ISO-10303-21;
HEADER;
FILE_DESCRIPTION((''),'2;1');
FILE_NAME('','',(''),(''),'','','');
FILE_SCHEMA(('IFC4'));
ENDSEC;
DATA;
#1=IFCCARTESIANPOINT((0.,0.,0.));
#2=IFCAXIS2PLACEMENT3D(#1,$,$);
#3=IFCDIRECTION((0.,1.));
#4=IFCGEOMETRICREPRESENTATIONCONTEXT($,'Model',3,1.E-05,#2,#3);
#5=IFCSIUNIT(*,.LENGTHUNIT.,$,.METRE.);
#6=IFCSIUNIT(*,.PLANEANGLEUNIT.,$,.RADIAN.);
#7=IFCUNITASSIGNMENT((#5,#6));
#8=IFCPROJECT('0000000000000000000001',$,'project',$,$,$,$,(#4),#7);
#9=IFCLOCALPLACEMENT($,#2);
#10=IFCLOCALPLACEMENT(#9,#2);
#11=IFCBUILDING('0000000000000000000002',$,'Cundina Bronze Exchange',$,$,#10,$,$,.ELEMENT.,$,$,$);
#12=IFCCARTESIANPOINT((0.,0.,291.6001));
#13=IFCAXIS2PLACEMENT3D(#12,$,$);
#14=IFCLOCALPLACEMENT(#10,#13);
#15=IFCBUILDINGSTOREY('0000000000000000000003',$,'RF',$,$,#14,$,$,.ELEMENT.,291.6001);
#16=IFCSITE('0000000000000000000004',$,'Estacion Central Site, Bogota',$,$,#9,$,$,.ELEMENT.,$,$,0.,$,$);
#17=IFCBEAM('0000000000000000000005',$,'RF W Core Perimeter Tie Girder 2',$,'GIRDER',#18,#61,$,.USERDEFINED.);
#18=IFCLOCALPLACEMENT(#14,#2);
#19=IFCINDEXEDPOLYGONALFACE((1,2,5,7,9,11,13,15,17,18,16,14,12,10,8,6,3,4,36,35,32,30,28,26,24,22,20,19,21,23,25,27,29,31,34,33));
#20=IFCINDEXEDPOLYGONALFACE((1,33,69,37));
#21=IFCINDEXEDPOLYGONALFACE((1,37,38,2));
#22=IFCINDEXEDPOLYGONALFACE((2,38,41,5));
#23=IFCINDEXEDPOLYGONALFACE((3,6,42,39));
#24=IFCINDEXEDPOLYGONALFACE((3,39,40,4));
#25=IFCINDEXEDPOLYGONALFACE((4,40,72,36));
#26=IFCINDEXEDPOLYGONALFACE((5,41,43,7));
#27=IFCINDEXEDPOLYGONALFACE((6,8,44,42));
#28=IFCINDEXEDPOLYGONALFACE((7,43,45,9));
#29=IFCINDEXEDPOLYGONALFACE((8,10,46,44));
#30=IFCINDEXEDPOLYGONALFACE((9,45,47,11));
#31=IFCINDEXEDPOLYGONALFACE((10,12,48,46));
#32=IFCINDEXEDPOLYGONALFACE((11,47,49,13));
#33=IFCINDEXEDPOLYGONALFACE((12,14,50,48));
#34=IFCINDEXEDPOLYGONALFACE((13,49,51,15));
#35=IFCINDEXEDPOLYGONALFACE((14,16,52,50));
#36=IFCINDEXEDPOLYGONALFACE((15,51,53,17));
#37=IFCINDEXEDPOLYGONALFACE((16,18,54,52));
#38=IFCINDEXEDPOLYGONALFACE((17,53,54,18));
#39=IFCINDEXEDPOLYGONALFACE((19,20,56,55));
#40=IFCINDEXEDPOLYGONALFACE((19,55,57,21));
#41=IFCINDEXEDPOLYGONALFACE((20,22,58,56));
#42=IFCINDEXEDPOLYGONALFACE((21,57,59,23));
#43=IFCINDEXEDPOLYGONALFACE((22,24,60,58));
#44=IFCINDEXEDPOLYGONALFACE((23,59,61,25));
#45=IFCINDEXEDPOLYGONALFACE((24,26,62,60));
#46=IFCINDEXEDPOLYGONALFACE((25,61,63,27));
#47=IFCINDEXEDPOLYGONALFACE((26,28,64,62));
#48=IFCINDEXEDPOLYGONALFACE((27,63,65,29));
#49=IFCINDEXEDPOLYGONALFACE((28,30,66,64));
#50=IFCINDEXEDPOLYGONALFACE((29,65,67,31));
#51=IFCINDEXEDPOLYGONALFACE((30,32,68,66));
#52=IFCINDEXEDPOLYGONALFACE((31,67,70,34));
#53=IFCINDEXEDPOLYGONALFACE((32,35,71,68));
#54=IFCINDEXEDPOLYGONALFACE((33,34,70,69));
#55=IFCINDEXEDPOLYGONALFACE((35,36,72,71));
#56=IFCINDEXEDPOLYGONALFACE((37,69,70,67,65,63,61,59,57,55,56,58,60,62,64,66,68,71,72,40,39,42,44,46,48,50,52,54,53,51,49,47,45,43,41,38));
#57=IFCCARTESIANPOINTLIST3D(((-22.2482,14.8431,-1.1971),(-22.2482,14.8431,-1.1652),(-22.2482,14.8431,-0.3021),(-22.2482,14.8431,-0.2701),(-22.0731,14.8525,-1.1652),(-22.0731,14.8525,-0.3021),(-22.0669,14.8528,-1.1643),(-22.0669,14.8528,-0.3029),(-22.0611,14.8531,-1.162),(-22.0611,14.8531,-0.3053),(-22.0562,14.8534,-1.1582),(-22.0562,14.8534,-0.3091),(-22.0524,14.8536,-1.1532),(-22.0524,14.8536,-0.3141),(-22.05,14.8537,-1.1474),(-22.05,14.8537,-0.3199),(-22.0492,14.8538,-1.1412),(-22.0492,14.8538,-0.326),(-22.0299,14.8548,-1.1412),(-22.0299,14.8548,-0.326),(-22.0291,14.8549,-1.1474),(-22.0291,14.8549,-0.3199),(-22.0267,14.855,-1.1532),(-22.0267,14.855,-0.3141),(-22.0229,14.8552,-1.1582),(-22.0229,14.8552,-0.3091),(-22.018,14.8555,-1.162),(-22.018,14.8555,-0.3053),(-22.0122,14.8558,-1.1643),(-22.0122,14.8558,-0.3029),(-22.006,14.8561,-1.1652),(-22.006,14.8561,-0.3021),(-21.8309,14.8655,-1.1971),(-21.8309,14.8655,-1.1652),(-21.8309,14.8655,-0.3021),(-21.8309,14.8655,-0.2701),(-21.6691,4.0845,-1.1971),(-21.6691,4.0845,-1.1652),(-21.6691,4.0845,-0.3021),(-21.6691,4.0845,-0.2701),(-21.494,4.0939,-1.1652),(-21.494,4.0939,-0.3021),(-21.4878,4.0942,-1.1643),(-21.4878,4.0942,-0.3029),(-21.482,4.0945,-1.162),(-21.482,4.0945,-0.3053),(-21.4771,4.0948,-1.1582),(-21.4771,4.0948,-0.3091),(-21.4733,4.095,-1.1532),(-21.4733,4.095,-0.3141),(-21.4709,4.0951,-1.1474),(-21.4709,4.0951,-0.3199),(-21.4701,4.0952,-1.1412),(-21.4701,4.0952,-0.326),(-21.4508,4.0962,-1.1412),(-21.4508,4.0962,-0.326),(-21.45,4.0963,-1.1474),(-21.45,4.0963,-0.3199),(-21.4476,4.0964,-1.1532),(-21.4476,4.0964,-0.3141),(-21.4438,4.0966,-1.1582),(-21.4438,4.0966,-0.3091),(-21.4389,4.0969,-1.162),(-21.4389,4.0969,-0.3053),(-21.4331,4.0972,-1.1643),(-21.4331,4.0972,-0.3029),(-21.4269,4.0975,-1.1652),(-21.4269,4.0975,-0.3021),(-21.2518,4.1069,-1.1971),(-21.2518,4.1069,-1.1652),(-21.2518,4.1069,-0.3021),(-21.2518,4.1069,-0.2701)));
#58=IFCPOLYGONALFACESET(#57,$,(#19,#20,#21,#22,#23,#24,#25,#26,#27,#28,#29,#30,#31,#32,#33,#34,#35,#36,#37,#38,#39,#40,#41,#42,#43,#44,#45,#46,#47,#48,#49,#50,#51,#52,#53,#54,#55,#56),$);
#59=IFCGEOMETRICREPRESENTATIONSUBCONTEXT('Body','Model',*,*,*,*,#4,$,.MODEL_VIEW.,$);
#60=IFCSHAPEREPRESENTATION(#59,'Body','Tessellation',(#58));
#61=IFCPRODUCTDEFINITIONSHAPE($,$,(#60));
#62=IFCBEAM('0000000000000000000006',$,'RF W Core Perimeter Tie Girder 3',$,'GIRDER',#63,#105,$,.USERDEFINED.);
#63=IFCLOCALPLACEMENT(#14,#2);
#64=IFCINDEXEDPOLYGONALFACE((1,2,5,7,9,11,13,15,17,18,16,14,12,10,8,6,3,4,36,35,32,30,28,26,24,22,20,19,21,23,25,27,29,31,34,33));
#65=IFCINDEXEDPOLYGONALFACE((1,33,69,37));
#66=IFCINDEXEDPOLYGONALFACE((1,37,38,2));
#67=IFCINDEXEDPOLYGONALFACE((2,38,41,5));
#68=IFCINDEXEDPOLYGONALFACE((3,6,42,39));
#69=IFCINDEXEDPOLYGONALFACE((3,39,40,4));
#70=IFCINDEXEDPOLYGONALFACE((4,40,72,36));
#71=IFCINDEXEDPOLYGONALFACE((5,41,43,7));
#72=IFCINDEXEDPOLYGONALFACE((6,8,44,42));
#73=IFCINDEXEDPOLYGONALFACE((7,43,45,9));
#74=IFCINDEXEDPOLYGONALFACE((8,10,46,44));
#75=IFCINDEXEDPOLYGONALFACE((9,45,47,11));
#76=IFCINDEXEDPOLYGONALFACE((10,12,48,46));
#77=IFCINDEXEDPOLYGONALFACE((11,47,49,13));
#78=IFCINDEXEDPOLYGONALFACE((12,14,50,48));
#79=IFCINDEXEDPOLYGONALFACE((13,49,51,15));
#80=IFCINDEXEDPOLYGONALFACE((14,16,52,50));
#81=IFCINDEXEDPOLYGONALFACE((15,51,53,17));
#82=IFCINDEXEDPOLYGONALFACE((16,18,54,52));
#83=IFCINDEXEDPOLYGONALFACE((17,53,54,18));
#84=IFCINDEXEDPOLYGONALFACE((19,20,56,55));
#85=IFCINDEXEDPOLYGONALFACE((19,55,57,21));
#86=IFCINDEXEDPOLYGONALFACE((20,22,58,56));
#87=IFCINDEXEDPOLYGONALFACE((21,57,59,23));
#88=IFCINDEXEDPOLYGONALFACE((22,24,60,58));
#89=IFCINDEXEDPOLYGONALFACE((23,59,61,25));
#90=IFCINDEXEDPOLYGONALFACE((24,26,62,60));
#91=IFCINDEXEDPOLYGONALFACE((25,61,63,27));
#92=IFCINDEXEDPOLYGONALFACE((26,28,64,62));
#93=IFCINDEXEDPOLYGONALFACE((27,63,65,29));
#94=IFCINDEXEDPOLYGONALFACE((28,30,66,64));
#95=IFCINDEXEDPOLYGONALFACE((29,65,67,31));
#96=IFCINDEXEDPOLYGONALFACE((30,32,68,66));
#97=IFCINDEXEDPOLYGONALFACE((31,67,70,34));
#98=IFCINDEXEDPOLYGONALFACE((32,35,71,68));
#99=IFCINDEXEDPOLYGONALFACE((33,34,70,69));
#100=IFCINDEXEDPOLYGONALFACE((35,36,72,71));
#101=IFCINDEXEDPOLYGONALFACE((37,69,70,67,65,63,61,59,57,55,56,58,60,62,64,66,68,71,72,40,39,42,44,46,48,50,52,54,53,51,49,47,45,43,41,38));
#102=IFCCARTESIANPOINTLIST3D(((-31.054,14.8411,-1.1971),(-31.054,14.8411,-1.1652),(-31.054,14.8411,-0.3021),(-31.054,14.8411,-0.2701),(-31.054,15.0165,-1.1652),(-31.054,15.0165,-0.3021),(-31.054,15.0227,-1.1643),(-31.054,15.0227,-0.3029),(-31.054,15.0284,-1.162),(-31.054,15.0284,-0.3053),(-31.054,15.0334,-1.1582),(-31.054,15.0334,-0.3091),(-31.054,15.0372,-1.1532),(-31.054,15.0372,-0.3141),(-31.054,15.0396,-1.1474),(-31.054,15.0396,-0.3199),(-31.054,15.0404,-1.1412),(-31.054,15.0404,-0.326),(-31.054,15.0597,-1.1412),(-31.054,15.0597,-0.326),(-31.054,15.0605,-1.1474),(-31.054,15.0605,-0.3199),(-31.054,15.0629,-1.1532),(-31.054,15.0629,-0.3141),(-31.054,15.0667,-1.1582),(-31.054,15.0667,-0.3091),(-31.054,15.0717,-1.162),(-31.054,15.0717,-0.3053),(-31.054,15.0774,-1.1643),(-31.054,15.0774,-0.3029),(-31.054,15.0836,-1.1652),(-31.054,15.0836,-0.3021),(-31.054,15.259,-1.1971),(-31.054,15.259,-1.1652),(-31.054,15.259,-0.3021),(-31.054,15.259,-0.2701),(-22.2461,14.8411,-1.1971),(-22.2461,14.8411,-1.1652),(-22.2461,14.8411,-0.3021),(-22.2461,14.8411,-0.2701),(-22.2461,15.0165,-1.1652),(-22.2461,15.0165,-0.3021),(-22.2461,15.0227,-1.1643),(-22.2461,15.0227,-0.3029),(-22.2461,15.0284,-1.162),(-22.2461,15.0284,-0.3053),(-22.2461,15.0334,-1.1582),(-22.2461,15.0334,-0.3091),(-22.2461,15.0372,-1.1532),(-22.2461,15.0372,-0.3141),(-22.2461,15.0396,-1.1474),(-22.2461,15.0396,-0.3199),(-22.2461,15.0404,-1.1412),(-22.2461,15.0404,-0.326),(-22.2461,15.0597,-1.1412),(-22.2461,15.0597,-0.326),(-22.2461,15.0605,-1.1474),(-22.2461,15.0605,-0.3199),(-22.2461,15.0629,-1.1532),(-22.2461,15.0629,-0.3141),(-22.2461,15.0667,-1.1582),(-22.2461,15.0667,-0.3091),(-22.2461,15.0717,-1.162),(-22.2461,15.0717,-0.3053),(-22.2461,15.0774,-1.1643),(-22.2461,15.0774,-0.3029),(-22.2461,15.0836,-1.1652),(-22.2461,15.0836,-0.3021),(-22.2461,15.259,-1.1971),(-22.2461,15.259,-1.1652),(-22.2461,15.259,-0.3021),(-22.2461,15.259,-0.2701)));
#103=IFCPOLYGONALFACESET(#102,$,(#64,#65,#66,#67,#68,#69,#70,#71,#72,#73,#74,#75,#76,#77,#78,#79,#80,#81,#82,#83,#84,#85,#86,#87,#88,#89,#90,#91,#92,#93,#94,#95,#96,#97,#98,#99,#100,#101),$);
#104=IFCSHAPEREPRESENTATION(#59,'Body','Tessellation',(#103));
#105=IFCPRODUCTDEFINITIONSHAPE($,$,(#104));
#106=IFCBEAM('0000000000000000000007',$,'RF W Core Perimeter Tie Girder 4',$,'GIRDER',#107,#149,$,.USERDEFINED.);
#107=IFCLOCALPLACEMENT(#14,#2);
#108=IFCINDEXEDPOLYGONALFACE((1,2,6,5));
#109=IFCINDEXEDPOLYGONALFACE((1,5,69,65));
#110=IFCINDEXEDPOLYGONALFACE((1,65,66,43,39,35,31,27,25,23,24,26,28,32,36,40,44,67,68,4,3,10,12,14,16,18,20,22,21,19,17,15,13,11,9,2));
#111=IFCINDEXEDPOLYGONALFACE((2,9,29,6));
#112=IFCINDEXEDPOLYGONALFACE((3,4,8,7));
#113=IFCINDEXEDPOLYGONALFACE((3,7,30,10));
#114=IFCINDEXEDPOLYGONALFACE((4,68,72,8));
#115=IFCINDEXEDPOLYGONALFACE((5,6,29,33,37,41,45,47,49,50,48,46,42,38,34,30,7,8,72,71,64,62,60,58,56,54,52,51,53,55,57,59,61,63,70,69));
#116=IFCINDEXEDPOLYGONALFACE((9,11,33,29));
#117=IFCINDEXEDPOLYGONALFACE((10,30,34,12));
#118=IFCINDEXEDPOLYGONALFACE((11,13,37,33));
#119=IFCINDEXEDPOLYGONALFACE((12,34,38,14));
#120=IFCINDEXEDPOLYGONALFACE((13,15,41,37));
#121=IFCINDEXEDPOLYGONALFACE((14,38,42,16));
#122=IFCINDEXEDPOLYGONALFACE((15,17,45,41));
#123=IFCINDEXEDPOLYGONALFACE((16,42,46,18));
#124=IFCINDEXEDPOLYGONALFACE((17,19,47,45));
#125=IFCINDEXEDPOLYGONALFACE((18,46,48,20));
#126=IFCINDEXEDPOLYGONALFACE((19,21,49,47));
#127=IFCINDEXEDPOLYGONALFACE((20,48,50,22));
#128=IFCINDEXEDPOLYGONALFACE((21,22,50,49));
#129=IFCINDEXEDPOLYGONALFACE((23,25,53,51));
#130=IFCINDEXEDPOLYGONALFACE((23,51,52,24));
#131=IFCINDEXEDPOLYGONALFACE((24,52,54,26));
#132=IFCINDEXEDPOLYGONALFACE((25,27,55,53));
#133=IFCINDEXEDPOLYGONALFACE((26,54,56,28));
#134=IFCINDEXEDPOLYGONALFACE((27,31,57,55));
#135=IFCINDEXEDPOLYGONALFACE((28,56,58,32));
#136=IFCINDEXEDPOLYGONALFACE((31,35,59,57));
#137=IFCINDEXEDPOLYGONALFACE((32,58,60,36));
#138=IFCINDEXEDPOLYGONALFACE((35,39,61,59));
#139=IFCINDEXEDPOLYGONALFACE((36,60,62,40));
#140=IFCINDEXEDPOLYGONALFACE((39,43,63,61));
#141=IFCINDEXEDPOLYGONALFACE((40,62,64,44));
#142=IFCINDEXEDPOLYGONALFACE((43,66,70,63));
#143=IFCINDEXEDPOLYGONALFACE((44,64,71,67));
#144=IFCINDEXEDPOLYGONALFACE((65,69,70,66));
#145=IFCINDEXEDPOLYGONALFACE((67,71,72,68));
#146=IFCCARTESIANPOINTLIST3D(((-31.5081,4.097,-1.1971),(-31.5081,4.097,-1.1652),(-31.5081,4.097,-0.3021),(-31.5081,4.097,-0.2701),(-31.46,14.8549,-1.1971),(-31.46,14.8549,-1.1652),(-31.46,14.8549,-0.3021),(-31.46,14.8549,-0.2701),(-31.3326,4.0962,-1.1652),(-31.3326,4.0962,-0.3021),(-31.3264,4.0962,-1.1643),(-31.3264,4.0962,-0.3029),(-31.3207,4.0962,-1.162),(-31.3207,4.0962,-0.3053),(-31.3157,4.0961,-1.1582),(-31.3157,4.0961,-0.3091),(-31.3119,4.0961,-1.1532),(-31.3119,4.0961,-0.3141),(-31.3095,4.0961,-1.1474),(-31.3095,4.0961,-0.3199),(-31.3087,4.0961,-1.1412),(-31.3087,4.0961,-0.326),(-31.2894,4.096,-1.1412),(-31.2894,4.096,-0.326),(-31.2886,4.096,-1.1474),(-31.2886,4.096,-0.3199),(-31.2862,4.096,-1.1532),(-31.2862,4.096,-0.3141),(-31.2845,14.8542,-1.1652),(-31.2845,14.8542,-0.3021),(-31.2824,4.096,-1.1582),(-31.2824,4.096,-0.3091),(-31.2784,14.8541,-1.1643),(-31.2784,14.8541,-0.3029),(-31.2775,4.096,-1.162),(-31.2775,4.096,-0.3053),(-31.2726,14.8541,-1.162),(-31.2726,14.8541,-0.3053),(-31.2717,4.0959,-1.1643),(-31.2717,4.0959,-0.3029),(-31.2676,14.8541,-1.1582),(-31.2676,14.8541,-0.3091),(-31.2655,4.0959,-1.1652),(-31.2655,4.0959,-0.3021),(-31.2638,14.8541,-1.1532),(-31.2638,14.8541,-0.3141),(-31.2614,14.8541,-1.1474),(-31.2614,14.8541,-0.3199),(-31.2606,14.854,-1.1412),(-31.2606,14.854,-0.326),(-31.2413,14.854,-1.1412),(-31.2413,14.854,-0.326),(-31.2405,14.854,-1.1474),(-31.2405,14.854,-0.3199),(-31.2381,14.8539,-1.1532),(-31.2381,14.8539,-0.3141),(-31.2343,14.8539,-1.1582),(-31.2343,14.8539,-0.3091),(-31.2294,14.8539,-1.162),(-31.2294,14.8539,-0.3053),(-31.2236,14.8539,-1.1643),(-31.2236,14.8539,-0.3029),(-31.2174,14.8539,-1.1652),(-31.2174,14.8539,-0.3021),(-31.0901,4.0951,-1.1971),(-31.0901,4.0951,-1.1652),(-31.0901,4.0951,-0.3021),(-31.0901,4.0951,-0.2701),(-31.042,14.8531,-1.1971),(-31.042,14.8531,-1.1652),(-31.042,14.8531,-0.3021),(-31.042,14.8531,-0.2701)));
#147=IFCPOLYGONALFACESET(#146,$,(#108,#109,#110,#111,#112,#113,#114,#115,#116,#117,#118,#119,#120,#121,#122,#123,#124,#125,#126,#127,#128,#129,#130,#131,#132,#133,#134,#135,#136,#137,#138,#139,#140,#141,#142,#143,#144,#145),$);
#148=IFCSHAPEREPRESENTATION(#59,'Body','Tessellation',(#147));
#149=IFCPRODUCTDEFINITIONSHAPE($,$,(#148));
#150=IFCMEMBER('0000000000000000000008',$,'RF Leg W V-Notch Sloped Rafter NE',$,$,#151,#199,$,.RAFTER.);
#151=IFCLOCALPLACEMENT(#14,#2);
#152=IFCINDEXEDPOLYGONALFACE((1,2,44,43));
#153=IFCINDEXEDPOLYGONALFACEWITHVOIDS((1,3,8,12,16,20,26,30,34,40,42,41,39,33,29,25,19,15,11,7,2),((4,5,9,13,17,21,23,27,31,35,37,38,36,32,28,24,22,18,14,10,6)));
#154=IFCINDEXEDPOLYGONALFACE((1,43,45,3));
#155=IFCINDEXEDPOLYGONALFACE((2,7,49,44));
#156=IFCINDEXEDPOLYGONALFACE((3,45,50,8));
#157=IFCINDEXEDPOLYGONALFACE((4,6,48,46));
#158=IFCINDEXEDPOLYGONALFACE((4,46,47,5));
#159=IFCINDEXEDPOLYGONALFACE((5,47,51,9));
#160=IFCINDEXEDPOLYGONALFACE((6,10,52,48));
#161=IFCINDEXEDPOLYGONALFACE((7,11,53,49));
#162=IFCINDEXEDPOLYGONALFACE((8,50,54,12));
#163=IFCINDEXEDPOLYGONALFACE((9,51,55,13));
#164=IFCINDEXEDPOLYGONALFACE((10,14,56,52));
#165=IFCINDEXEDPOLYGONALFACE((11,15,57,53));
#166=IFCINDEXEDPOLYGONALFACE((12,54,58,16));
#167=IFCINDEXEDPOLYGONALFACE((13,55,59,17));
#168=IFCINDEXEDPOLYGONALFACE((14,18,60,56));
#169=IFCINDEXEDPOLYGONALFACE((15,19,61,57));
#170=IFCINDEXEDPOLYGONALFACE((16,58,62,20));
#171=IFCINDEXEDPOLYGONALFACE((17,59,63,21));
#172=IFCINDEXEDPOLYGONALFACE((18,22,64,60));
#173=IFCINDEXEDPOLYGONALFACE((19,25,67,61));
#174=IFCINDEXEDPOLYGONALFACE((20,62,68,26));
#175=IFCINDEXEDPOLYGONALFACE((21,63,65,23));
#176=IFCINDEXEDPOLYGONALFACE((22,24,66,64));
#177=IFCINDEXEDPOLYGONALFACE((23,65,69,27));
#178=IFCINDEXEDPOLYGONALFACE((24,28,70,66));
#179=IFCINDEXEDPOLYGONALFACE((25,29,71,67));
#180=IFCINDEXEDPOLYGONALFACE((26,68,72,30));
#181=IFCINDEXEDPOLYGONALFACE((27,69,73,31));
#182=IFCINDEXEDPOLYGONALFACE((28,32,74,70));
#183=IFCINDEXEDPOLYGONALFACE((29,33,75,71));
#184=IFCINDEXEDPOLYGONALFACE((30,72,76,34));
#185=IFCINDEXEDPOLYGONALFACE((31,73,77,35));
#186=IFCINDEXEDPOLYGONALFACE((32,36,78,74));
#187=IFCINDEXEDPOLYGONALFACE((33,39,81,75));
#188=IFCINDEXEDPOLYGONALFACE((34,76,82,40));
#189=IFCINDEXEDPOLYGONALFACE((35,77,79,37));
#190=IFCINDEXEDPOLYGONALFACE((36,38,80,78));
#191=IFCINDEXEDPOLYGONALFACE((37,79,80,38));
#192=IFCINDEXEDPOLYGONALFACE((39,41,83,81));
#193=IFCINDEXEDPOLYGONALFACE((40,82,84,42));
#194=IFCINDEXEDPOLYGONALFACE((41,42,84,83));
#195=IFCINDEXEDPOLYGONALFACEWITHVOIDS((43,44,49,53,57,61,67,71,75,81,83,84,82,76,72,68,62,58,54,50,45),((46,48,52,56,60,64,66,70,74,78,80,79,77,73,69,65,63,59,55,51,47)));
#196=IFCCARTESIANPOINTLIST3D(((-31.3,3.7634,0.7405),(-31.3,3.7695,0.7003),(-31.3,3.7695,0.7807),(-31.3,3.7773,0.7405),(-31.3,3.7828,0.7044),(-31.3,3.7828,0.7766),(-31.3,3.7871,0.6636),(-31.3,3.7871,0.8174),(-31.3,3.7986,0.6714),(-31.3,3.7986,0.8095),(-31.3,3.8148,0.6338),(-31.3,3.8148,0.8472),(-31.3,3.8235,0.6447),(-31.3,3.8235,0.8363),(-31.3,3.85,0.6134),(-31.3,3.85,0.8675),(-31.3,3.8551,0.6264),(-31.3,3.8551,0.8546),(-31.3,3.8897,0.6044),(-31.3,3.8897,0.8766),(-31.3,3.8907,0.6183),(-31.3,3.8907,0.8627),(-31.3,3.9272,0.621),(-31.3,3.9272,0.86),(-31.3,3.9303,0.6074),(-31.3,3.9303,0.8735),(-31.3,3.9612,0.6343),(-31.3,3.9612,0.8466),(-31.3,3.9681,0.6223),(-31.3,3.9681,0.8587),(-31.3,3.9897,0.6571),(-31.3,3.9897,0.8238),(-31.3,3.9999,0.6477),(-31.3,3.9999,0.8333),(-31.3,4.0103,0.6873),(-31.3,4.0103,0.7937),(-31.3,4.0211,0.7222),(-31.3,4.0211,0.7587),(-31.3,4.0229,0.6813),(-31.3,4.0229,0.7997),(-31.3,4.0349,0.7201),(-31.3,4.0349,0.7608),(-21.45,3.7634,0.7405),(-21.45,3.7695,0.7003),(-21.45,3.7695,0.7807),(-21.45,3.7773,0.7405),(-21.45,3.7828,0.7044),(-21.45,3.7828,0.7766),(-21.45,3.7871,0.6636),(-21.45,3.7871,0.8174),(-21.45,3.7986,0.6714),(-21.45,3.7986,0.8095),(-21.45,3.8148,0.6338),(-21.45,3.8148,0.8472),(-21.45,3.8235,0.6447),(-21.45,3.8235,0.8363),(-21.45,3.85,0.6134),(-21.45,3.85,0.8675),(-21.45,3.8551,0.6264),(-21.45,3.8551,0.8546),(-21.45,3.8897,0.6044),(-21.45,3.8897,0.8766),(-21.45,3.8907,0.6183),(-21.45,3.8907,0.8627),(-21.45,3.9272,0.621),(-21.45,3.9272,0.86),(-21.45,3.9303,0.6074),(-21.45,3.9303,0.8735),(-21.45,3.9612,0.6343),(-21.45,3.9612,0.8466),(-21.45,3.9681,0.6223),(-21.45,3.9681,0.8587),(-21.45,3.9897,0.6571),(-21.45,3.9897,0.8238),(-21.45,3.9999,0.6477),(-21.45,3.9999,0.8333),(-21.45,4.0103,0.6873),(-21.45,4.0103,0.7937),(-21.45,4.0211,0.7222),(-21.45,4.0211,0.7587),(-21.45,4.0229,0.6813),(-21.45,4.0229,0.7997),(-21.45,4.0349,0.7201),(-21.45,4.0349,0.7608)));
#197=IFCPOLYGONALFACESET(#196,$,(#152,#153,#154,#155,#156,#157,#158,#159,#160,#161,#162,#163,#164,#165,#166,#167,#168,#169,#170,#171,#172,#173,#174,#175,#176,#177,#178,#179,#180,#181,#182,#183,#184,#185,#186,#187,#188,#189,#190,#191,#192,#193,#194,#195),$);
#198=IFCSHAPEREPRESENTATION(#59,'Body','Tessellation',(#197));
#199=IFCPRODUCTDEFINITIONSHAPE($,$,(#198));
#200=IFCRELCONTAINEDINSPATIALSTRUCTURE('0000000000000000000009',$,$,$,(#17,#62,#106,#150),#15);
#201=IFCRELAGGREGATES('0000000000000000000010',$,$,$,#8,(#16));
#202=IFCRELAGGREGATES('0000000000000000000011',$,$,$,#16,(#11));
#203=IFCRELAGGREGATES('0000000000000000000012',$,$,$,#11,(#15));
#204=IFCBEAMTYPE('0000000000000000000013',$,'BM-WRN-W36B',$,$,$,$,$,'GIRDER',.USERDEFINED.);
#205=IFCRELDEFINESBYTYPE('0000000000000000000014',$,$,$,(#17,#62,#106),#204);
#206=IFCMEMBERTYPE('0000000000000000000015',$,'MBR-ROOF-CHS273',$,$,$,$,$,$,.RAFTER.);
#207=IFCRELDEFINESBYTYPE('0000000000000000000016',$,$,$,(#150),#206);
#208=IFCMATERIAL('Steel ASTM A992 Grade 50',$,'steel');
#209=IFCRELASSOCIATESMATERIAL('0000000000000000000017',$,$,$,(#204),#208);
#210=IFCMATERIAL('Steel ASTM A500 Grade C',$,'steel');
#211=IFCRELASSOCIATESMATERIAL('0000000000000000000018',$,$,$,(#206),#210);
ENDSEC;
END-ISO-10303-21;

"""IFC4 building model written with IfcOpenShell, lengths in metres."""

from ifc_helpers import new_model, si_unit, direction, frame, origin, origin_2d, place, context, subcontext, project, spatial, hollow_circle, i_section, extrude, material, material_profile, profile_set, type_object, element, save


model = new_model("IFC4")

# Units and contexts
model_context = context("Model", 3, precision=1e-05, world=origin(), true_north=direction((0.0, 1.0)))
body_context = subcontext(model_context, "Body", "Model", "MODEL_VIEW")
ifc_project = project(units=[si_unit("LENGTHUNIT", "METRE"), si_unit("PLANEANGLEUNIT", "RADIAN")], contexts=[model_context])

# Site, building, storey
site_placement = place(None, origin())
site = spatial("IfcSite", under=ifc_project, at=site_placement, Name="Estacion Central Site, Bogota", CompositionType="ELEMENT", RefElevation=0.0)
building_placement = place(site_placement, origin())
building = spatial("IfcBuilding", under=site, at=building_placement, Name="Cundina Bronze Exchange", CompositionType="ELEMENT")
storey_placement = place(building_placement, frame((0.0, 0.0, 291.6001)))
storey = spatial("IfcBuildingStorey", under=building, at=storey_placement, Name="RF", CompositionType="ELEMENT", Elevation=291.6001)

# Beams
ifc_material_1 = material(Name="Steel ASTM A992 Grade 50", Category="steel")
ifc_material_profile_1 = material_profile(ifc_material_1, i_section(OverallWidth=0.418, OverallDepth=0.927, WebThickness=0.0193, FlangeThickness=0.032, FilletRadius=0.0239, at=origin_2d()), Name="W36X231", Category="steel")
ifc_profile_set_1 = profile_set([ifc_material_profile_1], Name="Steel ASTM A992 Grade 50")
beam_type_1 = type_object("IfcBeamType", Name="BM-WRN-W36B", ElementType="GIRDER", PredefinedType="USERDEFINED", material=ifc_profile_set_1)
beam_1_placement = place(storey_placement, frame((-21.4604, 4.0957, -0.7336), z_axis=(-0.053749, 0.998554, 0.0), x_axis=(-0.998554, -0.053749, 0.0)))
element("IfcBeam", 1, at=beam_1_placement, inside=storey, type_object=beam_type_1, Name="RF W Core Perimeter Tie Girder 2", ObjectType="GIRDER", PredefinedType="USERDEFINED", context=body_context, shape_type="SweptSolid", body=[
    extrude(i_section(OverallWidth=0.418, OverallDepth=0.927, WebThickness=0.0193, FlangeThickness=0.032, FilletRadius=0.0239, at=origin_2d()), origin(), (0.0, 0.0, 1.0), 10.7742),
])
beam_2_placement = place(storey_placement, frame((-22.2461, 15.05, -0.7336), z_axis=(-1.0, 0.0, 0.0), x_axis=(0.0, -1.0, 0.0)))
element("IfcBeam", 2, at=beam_2_placement, inside=storey, type_object=beam_type_1, Name="RF W Core Perimeter Tie Girder 3", ObjectType="GIRDER", PredefinedType="USERDEFINED", context=body_context, shape_type="SweptSolid", body=[
    extrude(i_section(OverallWidth=0.418, OverallDepth=0.927, WebThickness=0.0193, FlangeThickness=0.032, FilletRadius=0.0239, at=origin_2d()), origin(), (0.0, 0.0, 1.0), 8.8079),
])
beam_3_placement = place(storey_placement, frame((-31.251, 14.854, -0.7336), z_axis=(-0.004471, -0.99999, 0.0), x_axis=(0.99999, -0.004471, 0.0)))
element("IfcBeam", 3, at=beam_3_placement, inside=storey, type_object=beam_type_1, Name="RF W Core Perimeter Tie Girder 4", ObjectType="GIRDER", PredefinedType="USERDEFINED", context=body_context, shape_type="SweptSolid", body=[
    extrude(i_section(OverallWidth=0.418, OverallDepth=0.927, WebThickness=0.0193, FlangeThickness=0.032, FilletRadius=0.0239, at=origin_2d()), origin(), (0.0, 0.0, 1.0), 10.7581),
])

# Member
ifc_material_2 = material(Name="Steel ASTM A500 Grade C", Category="steel")
ifc_material_profile_2 = material_profile(ifc_material_2, hollow_circle(Radius=0.1365, WallThickness=0.0139, at=origin_2d()), Name="CHS273X14", Category="steel")
ifc_profile_set_2 = profile_set([ifc_material_profile_2], Name="Steel ASTM A500 Grade C")
member_type = type_object("IfcMemberType", Name="MBR-ROOF-CHS273", PredefinedType="RAFTER", material=ifc_profile_set_2)
member_1_placement = place(storey_placement, frame((-21.45, 3.8999, 0.7405), z_axis=(-1.0, 0.0, 0.0), x_axis=(0.0, -1.0, 0.0)))
element("IfcMember", 4, at=member_1_placement, inside=storey, type_object=member_type, Name="RF Leg W V-Notch Sloped Rafter NE", PredefinedType="RAFTER", context=body_context, shape_type="SweptSolid", body=[
    extrude(hollow_circle(Radius=0.1365, WallThickness=0.0139, at=origin_2d()), origin(), (0.0, 0.0, 1.0), 9.8501),
])

save(model, "model.ifc")
